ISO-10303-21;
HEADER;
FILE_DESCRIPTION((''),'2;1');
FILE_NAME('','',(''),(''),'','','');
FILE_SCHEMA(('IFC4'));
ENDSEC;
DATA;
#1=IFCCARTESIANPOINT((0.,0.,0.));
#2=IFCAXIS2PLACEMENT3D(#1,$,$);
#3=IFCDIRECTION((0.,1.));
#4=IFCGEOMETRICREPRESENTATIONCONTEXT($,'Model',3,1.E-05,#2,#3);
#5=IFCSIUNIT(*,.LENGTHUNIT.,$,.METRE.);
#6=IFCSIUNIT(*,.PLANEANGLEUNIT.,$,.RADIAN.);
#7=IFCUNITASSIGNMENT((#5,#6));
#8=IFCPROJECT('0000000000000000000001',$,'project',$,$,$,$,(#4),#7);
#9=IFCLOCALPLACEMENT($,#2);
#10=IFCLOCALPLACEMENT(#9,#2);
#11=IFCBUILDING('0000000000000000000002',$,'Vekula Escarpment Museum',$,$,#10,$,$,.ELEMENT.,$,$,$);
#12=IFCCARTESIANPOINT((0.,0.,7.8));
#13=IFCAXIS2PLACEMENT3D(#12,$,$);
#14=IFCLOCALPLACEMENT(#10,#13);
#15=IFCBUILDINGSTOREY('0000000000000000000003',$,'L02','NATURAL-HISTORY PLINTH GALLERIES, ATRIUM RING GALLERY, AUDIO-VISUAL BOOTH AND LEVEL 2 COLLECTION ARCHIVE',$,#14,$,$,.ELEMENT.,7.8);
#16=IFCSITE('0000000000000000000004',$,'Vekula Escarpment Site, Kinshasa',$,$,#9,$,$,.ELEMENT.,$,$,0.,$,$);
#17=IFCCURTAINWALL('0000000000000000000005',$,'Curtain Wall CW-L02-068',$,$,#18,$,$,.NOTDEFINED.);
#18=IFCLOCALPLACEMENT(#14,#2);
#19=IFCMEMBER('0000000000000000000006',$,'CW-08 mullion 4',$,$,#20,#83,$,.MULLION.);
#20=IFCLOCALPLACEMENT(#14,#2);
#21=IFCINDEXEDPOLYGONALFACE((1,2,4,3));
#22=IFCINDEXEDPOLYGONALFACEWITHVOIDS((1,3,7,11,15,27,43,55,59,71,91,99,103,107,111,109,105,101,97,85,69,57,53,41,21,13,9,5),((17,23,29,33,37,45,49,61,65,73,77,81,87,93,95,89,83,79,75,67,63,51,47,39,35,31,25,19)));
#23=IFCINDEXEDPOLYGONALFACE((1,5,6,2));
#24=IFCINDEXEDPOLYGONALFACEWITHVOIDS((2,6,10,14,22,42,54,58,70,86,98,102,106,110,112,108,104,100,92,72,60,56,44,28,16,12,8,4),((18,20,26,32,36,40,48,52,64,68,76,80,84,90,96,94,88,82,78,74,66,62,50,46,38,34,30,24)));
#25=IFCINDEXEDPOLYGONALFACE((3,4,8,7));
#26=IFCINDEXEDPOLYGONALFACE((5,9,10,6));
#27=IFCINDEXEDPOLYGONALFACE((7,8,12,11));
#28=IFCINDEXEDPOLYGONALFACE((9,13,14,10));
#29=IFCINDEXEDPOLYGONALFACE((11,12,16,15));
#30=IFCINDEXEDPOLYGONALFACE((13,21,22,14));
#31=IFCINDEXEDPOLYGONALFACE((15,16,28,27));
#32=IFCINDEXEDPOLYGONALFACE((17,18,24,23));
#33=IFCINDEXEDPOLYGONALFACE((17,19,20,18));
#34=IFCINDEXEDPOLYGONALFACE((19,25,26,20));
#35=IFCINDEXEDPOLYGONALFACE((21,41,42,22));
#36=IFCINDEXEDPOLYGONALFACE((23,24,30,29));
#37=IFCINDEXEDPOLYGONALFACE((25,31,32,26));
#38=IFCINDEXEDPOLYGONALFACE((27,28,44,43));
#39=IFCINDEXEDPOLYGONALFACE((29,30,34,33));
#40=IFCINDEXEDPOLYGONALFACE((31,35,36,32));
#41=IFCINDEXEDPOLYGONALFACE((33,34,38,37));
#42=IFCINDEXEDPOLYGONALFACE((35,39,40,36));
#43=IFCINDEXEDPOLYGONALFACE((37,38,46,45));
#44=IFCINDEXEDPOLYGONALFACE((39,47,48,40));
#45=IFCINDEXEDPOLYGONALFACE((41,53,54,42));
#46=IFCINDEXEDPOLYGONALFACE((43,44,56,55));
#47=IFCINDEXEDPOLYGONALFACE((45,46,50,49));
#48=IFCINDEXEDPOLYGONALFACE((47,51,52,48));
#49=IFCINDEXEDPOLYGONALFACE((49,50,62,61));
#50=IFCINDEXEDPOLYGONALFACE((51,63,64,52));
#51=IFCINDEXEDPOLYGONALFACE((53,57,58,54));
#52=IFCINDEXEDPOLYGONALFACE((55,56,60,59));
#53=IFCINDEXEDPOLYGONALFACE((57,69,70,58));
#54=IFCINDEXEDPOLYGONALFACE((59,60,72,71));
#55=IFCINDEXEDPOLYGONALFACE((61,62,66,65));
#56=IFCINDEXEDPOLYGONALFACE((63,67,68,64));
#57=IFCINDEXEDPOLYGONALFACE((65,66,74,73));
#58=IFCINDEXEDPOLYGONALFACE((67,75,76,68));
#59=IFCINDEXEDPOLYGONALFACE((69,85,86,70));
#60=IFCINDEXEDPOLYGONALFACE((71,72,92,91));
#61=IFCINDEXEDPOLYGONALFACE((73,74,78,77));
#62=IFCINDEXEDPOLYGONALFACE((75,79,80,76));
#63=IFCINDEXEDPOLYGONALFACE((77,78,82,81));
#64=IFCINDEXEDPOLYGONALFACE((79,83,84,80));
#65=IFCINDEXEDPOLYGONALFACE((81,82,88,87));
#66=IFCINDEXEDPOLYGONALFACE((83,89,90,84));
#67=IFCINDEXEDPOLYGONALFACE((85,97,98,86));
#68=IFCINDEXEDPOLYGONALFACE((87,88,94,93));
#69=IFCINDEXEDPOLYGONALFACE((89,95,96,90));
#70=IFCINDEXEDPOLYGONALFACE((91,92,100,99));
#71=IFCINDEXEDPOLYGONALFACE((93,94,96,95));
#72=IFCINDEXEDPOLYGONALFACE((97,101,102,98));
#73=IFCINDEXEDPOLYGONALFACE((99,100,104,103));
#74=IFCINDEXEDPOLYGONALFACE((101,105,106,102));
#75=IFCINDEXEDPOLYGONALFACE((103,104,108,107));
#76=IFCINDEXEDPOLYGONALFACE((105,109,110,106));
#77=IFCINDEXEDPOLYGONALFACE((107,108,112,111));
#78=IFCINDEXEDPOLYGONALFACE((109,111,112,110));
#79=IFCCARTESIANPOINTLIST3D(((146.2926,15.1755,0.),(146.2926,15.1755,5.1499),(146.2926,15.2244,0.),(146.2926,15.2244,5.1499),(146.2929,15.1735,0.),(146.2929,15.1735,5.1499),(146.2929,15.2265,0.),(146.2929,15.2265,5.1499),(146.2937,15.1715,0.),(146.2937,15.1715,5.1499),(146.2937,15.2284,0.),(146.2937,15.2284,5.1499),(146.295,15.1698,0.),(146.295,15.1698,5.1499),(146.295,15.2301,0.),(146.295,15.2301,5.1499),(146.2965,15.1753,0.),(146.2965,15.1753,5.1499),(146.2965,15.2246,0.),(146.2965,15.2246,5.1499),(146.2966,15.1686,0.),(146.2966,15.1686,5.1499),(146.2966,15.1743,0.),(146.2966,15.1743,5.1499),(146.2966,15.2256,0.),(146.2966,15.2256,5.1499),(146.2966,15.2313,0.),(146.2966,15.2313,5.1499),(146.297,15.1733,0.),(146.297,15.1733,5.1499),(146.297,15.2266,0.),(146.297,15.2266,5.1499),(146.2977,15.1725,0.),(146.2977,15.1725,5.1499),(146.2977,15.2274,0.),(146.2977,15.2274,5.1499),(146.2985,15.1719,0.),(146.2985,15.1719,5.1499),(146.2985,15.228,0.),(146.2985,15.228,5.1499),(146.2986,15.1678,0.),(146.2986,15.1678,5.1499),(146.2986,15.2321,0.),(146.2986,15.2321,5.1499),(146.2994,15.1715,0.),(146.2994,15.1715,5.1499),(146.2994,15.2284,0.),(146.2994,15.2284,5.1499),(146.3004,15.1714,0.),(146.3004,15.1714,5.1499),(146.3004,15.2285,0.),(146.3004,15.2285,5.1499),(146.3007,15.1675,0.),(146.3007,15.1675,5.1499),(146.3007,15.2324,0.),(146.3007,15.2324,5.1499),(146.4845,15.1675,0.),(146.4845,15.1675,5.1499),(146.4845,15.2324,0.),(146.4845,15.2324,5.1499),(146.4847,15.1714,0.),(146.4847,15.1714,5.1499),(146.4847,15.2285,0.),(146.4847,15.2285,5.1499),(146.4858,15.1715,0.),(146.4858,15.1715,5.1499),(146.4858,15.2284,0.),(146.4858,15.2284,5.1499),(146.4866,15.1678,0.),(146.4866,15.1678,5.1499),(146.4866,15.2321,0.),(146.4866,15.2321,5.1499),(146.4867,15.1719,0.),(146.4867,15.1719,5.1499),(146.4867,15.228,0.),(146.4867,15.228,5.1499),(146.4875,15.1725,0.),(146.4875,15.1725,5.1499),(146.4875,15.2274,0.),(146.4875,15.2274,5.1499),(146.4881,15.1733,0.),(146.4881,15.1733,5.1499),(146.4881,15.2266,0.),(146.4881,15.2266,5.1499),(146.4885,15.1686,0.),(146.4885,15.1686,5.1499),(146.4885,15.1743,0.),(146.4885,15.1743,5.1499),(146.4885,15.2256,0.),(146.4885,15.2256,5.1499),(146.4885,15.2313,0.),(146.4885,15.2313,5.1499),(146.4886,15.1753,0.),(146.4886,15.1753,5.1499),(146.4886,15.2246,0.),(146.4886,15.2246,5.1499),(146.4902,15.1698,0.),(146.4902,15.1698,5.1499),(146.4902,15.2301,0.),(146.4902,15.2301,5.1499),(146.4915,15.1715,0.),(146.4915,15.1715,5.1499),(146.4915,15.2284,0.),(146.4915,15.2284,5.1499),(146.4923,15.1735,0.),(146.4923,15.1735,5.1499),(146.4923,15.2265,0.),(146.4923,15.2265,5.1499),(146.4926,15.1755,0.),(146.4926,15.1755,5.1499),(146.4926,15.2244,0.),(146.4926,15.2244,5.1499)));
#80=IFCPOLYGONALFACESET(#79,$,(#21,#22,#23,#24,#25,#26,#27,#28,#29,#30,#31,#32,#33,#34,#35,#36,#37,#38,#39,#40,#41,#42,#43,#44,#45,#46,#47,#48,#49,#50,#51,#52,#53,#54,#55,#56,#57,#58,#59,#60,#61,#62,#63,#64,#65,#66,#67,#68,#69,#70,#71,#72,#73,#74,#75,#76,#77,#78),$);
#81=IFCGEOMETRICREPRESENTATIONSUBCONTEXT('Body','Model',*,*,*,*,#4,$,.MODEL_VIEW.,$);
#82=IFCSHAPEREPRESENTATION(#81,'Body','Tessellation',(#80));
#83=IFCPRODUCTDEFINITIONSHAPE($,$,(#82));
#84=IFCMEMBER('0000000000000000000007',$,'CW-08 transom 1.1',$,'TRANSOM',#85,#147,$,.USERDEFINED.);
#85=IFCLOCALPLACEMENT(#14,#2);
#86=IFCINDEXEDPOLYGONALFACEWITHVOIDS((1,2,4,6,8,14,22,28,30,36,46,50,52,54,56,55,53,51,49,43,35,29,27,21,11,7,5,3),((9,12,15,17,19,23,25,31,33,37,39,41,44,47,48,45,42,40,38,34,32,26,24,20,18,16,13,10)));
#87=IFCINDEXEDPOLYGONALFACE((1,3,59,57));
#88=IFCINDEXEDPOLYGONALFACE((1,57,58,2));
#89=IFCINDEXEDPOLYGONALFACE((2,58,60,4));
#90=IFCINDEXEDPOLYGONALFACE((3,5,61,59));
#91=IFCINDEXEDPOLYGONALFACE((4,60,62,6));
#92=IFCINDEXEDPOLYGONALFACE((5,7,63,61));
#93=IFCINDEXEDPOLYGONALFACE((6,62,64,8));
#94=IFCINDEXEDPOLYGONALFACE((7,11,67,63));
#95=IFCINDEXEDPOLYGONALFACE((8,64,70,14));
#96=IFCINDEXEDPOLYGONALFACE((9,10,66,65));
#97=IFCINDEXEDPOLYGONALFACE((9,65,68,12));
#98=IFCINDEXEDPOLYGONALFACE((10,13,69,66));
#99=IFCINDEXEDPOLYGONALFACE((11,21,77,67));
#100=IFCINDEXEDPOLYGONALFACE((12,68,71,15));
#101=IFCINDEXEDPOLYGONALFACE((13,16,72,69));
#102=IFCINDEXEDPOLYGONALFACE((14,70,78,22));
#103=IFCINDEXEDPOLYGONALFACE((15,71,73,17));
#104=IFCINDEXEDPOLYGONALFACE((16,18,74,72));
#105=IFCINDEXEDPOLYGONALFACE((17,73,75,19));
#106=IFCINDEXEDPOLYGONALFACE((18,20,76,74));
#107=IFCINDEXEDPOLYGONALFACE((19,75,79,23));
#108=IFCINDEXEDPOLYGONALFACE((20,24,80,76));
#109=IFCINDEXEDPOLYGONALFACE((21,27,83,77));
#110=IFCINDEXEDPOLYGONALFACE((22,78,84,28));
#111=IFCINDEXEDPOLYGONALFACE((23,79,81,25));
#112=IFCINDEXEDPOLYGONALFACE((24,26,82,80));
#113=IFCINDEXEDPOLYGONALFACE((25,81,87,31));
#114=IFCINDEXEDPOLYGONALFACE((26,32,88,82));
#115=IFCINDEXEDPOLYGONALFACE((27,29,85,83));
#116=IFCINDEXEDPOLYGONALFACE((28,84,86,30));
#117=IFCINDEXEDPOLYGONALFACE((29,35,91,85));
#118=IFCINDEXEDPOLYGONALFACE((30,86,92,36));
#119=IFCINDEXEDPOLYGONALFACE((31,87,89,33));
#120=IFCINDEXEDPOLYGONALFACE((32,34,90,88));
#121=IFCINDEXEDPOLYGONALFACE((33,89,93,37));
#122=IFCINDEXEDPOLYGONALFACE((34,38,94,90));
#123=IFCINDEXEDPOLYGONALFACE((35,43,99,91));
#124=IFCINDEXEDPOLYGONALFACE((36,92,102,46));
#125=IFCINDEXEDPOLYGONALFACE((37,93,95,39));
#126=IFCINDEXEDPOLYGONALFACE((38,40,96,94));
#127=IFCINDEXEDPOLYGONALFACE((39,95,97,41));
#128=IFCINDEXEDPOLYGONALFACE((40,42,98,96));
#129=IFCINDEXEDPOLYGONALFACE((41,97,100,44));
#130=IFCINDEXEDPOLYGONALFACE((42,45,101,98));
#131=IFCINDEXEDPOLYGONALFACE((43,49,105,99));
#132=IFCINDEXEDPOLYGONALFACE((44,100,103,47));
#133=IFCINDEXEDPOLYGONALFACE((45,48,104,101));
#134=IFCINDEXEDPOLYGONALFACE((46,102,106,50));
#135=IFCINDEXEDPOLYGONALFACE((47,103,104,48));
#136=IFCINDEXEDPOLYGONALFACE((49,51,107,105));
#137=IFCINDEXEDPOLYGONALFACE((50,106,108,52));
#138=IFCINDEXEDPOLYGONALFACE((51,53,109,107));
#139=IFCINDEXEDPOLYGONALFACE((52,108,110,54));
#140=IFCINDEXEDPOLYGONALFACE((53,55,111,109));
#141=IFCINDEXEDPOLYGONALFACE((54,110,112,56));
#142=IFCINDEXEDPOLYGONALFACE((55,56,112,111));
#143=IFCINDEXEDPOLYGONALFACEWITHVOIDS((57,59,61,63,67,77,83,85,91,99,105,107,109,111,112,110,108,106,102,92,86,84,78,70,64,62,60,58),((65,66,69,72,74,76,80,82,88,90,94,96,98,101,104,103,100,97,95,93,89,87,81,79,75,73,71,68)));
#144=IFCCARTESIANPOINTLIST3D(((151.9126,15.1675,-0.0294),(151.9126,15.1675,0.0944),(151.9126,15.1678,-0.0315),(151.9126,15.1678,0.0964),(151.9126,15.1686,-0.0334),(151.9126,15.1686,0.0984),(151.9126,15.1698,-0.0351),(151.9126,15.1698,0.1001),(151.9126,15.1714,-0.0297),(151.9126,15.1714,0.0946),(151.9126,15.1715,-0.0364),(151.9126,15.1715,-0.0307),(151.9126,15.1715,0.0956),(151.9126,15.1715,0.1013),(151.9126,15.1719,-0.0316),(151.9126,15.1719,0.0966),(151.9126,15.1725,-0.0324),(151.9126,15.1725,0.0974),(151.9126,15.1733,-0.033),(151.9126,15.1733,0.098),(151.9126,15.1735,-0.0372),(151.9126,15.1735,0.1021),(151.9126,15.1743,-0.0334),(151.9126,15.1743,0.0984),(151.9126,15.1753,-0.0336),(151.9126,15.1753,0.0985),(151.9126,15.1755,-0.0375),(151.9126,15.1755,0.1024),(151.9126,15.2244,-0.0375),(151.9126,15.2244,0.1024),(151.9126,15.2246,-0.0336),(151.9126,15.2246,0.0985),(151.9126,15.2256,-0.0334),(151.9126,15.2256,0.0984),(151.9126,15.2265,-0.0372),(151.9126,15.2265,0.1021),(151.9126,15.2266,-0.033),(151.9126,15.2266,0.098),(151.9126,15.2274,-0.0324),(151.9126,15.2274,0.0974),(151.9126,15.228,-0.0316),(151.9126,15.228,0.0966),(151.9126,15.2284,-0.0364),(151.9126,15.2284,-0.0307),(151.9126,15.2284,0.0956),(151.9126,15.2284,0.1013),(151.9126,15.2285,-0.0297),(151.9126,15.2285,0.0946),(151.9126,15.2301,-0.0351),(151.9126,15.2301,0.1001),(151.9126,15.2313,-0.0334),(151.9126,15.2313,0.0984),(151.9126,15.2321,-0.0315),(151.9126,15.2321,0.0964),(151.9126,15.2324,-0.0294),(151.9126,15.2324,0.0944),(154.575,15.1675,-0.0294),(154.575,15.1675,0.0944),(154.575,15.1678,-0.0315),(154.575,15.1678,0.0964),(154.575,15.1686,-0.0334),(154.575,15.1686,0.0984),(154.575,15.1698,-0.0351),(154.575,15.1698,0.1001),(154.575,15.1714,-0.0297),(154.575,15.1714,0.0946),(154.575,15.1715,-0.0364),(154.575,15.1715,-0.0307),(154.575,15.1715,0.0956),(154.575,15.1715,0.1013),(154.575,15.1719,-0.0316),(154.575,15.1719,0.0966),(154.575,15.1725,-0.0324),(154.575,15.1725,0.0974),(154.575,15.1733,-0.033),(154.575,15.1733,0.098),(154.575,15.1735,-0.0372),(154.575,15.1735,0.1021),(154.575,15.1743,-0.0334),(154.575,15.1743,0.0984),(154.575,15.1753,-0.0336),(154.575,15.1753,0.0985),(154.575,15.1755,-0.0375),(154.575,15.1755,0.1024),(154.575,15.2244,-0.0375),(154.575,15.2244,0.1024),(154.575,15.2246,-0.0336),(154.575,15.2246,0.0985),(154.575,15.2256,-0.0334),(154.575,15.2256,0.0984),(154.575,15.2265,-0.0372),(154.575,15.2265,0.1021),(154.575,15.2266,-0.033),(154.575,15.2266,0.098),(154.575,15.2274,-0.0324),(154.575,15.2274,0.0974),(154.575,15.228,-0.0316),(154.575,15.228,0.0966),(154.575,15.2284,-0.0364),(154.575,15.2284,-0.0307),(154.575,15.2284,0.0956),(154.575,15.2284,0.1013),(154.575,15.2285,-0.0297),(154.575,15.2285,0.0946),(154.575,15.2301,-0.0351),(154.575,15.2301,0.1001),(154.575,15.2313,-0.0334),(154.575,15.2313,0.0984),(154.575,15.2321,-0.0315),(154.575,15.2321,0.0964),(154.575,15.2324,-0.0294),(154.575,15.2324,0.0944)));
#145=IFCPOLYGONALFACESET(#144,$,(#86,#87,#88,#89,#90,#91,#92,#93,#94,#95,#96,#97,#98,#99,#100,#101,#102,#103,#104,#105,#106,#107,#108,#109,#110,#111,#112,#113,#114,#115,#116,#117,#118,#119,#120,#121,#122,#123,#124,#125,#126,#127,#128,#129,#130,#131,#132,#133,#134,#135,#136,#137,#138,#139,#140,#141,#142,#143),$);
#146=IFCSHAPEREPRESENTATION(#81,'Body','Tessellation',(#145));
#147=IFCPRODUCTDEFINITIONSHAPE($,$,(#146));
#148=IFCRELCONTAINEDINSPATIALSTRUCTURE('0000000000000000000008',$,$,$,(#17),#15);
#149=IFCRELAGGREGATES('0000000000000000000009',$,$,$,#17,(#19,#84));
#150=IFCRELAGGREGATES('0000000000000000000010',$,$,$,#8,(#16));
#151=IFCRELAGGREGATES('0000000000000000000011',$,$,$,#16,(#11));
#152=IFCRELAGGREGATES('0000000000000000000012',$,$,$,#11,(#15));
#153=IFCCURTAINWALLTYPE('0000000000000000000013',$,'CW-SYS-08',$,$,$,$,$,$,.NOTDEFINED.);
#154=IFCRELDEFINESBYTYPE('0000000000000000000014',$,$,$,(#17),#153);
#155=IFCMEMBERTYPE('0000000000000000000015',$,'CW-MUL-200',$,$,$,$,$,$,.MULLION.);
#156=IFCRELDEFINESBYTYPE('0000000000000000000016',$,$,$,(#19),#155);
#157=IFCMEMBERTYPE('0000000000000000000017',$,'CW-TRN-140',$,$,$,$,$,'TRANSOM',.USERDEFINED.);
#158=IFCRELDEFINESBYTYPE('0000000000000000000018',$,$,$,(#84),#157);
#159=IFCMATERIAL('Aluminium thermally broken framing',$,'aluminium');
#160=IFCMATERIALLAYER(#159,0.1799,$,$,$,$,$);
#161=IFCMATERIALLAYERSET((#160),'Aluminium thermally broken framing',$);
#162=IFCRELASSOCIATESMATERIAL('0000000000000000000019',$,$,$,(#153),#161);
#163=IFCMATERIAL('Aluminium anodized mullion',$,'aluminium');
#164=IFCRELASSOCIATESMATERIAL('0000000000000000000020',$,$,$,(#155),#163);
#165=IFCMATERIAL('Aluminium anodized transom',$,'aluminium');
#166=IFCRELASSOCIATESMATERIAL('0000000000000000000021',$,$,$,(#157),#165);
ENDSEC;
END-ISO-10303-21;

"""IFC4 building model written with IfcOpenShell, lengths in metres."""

from ifc_helpers import new_model, si_unit, direction, frame, origin, origin_2d, place, context, subcontext, project, spatial, hollow_rectangle, extrude, material, layer, layer_set, material_profile, profile_set, type_object, element, aggregate, save


model = new_model("IFC4")

# Units and contexts
model_context = context("Model", 3, precision=1e-05, world=origin(), true_north=direction((0.0, 1.0)))
body_context = subcontext(model_context, "Body", "Model", "MODEL_VIEW")
ifc_project = project(units=[si_unit("LENGTHUNIT", "METRE"), si_unit("PLANEANGLEUNIT", "RADIAN")], contexts=[model_context])

# Site, building, storey
site_placement = place(None, origin())
site = spatial("IfcSite", under=ifc_project, at=site_placement, Name="Vekula Escarpment Site, Kinshasa", CompositionType="ELEMENT", RefElevation=0.0)
building_placement = place(site_placement, origin())
building = spatial("IfcBuilding", under=site, at=building_placement, Name="Vekula Escarpment Museum", CompositionType="ELEMENT")
storey_placement = place(building_placement, frame((0.0, 0.0, 7.8)))
storey = spatial("IfcBuildingStorey", under=building, at=storey_placement, Name="L02", Description="NATURAL-HISTORY PLINTH GALLERIES, ATRIUM RING GALLERY, AUDIO-VISUAL BOOTH AND LEVEL 2 COLLECTION ARCHIVE", CompositionType="ELEMENT", Elevation=7.8)

# Curtain wall, members
ifc_material_1 = material(Name="Aluminium thermally broken framing", Category="aluminium")
ifc_layer_1 = layer(ifc_material_1, 0.1799)
ifc_layer_set_1 = layer_set([ifc_layer_1], Name="Aluminium thermally broken framing")
curtain_wall_type = type_object("IfcCurtainWallType", Name="CW-SYS-08", PredefinedType="NOTDEFINED", material=ifc_layer_set_1)
curtain_wall_placement = place(storey_placement, origin())
curtain_wall = element("IfcCurtainWall", 1, at=curtain_wall_placement, inside=storey, type_object=curtain_wall_type, Name="Curtain Wall CW-L02-068", PredefinedType="NOTDEFINED")
ifc_material_2 = material(Name="Aluminium anodized mullion", Category="aluminium")
ifc_material_profile_1 = material_profile(ifc_material_2, hollow_rectangle(XDim=0.0649, YDim=0.2, WallThickness=0.0039, InnerFilletRadius=0.0039, OuterFilletRadius=0.0081, at=origin_2d()), Name="ALU 200x65x4")
ifc_profile_set_1 = profile_set([ifc_material_profile_1], Name="Aluminium anodized mullion")
member_type_1 = type_object("IfcMemberType", Name="CW-MUL-200", PredefinedType="MULLION", material=ifc_profile_set_1)
member_1_placement = place(storey_placement, frame((146.3926, 15.2, 0.0), z_axis=(0.0, 0.0, 1.0), x_axis=(0.0, -1.0, 0.0)))
member_1 = element("IfcMember", 2, at=member_1_placement, type_object=member_type_1, Name="CW-08 mullion 4", PredefinedType="MULLION", context=body_context, shape_type="SweptSolid", body=[
    extrude(hollow_rectangle(XDim=0.0649, YDim=0.2, WallThickness=0.0039, InnerFilletRadius=0.0039, OuterFilletRadius=0.0081, at=origin_2d()), origin(), (0.0, 0.0, 1.0), 5.1499),
])
ifc_material_3 = material(Name="Aluminium anodized transom", Category="aluminium")
ifc_material_profile_2 = material_profile(ifc_material_3, hollow_rectangle(XDim=0.0649, YDim=0.1399, WallThickness=0.0039, InnerFilletRadius=0.0039, OuterFilletRadius=0.0081, at=origin_2d()), Name="ALU 140x65x4")
ifc_profile_set_2 = profile_set([ifc_material_profile_2], Name="Aluminium anodized transom")
member_type_2 = type_object("IfcMemberType", Name="CW-TRN-140", ElementType="TRANSOM", PredefinedType="USERDEFINED", material=ifc_profile_set_2)
member_2_placement = place(storey_placement, frame((154.575, 15.2, 0.0325), z_axis=(-1.0, 0.0, 0.0), x_axis=(0.0, -1.0, 0.0)))
member_2 = element("IfcMember", 3, at=member_2_placement, type_object=member_type_2, Name="CW-08 transom 1.1", ObjectType="TRANSOM", PredefinedType="USERDEFINED", context=body_context, shape_type="SweptSolid", body=[
    extrude(hollow_rectangle(XDim=0.0649, YDim=0.1399, WallThickness=0.0039, InnerFilletRadius=0.0039, OuterFilletRadius=0.0081, at=origin_2d()), origin(), (0.0, 0.0, 1.0), 2.6624),
])
aggregate(curtain_wall, [member_1, member_2])

save(model, "model.ifc")
